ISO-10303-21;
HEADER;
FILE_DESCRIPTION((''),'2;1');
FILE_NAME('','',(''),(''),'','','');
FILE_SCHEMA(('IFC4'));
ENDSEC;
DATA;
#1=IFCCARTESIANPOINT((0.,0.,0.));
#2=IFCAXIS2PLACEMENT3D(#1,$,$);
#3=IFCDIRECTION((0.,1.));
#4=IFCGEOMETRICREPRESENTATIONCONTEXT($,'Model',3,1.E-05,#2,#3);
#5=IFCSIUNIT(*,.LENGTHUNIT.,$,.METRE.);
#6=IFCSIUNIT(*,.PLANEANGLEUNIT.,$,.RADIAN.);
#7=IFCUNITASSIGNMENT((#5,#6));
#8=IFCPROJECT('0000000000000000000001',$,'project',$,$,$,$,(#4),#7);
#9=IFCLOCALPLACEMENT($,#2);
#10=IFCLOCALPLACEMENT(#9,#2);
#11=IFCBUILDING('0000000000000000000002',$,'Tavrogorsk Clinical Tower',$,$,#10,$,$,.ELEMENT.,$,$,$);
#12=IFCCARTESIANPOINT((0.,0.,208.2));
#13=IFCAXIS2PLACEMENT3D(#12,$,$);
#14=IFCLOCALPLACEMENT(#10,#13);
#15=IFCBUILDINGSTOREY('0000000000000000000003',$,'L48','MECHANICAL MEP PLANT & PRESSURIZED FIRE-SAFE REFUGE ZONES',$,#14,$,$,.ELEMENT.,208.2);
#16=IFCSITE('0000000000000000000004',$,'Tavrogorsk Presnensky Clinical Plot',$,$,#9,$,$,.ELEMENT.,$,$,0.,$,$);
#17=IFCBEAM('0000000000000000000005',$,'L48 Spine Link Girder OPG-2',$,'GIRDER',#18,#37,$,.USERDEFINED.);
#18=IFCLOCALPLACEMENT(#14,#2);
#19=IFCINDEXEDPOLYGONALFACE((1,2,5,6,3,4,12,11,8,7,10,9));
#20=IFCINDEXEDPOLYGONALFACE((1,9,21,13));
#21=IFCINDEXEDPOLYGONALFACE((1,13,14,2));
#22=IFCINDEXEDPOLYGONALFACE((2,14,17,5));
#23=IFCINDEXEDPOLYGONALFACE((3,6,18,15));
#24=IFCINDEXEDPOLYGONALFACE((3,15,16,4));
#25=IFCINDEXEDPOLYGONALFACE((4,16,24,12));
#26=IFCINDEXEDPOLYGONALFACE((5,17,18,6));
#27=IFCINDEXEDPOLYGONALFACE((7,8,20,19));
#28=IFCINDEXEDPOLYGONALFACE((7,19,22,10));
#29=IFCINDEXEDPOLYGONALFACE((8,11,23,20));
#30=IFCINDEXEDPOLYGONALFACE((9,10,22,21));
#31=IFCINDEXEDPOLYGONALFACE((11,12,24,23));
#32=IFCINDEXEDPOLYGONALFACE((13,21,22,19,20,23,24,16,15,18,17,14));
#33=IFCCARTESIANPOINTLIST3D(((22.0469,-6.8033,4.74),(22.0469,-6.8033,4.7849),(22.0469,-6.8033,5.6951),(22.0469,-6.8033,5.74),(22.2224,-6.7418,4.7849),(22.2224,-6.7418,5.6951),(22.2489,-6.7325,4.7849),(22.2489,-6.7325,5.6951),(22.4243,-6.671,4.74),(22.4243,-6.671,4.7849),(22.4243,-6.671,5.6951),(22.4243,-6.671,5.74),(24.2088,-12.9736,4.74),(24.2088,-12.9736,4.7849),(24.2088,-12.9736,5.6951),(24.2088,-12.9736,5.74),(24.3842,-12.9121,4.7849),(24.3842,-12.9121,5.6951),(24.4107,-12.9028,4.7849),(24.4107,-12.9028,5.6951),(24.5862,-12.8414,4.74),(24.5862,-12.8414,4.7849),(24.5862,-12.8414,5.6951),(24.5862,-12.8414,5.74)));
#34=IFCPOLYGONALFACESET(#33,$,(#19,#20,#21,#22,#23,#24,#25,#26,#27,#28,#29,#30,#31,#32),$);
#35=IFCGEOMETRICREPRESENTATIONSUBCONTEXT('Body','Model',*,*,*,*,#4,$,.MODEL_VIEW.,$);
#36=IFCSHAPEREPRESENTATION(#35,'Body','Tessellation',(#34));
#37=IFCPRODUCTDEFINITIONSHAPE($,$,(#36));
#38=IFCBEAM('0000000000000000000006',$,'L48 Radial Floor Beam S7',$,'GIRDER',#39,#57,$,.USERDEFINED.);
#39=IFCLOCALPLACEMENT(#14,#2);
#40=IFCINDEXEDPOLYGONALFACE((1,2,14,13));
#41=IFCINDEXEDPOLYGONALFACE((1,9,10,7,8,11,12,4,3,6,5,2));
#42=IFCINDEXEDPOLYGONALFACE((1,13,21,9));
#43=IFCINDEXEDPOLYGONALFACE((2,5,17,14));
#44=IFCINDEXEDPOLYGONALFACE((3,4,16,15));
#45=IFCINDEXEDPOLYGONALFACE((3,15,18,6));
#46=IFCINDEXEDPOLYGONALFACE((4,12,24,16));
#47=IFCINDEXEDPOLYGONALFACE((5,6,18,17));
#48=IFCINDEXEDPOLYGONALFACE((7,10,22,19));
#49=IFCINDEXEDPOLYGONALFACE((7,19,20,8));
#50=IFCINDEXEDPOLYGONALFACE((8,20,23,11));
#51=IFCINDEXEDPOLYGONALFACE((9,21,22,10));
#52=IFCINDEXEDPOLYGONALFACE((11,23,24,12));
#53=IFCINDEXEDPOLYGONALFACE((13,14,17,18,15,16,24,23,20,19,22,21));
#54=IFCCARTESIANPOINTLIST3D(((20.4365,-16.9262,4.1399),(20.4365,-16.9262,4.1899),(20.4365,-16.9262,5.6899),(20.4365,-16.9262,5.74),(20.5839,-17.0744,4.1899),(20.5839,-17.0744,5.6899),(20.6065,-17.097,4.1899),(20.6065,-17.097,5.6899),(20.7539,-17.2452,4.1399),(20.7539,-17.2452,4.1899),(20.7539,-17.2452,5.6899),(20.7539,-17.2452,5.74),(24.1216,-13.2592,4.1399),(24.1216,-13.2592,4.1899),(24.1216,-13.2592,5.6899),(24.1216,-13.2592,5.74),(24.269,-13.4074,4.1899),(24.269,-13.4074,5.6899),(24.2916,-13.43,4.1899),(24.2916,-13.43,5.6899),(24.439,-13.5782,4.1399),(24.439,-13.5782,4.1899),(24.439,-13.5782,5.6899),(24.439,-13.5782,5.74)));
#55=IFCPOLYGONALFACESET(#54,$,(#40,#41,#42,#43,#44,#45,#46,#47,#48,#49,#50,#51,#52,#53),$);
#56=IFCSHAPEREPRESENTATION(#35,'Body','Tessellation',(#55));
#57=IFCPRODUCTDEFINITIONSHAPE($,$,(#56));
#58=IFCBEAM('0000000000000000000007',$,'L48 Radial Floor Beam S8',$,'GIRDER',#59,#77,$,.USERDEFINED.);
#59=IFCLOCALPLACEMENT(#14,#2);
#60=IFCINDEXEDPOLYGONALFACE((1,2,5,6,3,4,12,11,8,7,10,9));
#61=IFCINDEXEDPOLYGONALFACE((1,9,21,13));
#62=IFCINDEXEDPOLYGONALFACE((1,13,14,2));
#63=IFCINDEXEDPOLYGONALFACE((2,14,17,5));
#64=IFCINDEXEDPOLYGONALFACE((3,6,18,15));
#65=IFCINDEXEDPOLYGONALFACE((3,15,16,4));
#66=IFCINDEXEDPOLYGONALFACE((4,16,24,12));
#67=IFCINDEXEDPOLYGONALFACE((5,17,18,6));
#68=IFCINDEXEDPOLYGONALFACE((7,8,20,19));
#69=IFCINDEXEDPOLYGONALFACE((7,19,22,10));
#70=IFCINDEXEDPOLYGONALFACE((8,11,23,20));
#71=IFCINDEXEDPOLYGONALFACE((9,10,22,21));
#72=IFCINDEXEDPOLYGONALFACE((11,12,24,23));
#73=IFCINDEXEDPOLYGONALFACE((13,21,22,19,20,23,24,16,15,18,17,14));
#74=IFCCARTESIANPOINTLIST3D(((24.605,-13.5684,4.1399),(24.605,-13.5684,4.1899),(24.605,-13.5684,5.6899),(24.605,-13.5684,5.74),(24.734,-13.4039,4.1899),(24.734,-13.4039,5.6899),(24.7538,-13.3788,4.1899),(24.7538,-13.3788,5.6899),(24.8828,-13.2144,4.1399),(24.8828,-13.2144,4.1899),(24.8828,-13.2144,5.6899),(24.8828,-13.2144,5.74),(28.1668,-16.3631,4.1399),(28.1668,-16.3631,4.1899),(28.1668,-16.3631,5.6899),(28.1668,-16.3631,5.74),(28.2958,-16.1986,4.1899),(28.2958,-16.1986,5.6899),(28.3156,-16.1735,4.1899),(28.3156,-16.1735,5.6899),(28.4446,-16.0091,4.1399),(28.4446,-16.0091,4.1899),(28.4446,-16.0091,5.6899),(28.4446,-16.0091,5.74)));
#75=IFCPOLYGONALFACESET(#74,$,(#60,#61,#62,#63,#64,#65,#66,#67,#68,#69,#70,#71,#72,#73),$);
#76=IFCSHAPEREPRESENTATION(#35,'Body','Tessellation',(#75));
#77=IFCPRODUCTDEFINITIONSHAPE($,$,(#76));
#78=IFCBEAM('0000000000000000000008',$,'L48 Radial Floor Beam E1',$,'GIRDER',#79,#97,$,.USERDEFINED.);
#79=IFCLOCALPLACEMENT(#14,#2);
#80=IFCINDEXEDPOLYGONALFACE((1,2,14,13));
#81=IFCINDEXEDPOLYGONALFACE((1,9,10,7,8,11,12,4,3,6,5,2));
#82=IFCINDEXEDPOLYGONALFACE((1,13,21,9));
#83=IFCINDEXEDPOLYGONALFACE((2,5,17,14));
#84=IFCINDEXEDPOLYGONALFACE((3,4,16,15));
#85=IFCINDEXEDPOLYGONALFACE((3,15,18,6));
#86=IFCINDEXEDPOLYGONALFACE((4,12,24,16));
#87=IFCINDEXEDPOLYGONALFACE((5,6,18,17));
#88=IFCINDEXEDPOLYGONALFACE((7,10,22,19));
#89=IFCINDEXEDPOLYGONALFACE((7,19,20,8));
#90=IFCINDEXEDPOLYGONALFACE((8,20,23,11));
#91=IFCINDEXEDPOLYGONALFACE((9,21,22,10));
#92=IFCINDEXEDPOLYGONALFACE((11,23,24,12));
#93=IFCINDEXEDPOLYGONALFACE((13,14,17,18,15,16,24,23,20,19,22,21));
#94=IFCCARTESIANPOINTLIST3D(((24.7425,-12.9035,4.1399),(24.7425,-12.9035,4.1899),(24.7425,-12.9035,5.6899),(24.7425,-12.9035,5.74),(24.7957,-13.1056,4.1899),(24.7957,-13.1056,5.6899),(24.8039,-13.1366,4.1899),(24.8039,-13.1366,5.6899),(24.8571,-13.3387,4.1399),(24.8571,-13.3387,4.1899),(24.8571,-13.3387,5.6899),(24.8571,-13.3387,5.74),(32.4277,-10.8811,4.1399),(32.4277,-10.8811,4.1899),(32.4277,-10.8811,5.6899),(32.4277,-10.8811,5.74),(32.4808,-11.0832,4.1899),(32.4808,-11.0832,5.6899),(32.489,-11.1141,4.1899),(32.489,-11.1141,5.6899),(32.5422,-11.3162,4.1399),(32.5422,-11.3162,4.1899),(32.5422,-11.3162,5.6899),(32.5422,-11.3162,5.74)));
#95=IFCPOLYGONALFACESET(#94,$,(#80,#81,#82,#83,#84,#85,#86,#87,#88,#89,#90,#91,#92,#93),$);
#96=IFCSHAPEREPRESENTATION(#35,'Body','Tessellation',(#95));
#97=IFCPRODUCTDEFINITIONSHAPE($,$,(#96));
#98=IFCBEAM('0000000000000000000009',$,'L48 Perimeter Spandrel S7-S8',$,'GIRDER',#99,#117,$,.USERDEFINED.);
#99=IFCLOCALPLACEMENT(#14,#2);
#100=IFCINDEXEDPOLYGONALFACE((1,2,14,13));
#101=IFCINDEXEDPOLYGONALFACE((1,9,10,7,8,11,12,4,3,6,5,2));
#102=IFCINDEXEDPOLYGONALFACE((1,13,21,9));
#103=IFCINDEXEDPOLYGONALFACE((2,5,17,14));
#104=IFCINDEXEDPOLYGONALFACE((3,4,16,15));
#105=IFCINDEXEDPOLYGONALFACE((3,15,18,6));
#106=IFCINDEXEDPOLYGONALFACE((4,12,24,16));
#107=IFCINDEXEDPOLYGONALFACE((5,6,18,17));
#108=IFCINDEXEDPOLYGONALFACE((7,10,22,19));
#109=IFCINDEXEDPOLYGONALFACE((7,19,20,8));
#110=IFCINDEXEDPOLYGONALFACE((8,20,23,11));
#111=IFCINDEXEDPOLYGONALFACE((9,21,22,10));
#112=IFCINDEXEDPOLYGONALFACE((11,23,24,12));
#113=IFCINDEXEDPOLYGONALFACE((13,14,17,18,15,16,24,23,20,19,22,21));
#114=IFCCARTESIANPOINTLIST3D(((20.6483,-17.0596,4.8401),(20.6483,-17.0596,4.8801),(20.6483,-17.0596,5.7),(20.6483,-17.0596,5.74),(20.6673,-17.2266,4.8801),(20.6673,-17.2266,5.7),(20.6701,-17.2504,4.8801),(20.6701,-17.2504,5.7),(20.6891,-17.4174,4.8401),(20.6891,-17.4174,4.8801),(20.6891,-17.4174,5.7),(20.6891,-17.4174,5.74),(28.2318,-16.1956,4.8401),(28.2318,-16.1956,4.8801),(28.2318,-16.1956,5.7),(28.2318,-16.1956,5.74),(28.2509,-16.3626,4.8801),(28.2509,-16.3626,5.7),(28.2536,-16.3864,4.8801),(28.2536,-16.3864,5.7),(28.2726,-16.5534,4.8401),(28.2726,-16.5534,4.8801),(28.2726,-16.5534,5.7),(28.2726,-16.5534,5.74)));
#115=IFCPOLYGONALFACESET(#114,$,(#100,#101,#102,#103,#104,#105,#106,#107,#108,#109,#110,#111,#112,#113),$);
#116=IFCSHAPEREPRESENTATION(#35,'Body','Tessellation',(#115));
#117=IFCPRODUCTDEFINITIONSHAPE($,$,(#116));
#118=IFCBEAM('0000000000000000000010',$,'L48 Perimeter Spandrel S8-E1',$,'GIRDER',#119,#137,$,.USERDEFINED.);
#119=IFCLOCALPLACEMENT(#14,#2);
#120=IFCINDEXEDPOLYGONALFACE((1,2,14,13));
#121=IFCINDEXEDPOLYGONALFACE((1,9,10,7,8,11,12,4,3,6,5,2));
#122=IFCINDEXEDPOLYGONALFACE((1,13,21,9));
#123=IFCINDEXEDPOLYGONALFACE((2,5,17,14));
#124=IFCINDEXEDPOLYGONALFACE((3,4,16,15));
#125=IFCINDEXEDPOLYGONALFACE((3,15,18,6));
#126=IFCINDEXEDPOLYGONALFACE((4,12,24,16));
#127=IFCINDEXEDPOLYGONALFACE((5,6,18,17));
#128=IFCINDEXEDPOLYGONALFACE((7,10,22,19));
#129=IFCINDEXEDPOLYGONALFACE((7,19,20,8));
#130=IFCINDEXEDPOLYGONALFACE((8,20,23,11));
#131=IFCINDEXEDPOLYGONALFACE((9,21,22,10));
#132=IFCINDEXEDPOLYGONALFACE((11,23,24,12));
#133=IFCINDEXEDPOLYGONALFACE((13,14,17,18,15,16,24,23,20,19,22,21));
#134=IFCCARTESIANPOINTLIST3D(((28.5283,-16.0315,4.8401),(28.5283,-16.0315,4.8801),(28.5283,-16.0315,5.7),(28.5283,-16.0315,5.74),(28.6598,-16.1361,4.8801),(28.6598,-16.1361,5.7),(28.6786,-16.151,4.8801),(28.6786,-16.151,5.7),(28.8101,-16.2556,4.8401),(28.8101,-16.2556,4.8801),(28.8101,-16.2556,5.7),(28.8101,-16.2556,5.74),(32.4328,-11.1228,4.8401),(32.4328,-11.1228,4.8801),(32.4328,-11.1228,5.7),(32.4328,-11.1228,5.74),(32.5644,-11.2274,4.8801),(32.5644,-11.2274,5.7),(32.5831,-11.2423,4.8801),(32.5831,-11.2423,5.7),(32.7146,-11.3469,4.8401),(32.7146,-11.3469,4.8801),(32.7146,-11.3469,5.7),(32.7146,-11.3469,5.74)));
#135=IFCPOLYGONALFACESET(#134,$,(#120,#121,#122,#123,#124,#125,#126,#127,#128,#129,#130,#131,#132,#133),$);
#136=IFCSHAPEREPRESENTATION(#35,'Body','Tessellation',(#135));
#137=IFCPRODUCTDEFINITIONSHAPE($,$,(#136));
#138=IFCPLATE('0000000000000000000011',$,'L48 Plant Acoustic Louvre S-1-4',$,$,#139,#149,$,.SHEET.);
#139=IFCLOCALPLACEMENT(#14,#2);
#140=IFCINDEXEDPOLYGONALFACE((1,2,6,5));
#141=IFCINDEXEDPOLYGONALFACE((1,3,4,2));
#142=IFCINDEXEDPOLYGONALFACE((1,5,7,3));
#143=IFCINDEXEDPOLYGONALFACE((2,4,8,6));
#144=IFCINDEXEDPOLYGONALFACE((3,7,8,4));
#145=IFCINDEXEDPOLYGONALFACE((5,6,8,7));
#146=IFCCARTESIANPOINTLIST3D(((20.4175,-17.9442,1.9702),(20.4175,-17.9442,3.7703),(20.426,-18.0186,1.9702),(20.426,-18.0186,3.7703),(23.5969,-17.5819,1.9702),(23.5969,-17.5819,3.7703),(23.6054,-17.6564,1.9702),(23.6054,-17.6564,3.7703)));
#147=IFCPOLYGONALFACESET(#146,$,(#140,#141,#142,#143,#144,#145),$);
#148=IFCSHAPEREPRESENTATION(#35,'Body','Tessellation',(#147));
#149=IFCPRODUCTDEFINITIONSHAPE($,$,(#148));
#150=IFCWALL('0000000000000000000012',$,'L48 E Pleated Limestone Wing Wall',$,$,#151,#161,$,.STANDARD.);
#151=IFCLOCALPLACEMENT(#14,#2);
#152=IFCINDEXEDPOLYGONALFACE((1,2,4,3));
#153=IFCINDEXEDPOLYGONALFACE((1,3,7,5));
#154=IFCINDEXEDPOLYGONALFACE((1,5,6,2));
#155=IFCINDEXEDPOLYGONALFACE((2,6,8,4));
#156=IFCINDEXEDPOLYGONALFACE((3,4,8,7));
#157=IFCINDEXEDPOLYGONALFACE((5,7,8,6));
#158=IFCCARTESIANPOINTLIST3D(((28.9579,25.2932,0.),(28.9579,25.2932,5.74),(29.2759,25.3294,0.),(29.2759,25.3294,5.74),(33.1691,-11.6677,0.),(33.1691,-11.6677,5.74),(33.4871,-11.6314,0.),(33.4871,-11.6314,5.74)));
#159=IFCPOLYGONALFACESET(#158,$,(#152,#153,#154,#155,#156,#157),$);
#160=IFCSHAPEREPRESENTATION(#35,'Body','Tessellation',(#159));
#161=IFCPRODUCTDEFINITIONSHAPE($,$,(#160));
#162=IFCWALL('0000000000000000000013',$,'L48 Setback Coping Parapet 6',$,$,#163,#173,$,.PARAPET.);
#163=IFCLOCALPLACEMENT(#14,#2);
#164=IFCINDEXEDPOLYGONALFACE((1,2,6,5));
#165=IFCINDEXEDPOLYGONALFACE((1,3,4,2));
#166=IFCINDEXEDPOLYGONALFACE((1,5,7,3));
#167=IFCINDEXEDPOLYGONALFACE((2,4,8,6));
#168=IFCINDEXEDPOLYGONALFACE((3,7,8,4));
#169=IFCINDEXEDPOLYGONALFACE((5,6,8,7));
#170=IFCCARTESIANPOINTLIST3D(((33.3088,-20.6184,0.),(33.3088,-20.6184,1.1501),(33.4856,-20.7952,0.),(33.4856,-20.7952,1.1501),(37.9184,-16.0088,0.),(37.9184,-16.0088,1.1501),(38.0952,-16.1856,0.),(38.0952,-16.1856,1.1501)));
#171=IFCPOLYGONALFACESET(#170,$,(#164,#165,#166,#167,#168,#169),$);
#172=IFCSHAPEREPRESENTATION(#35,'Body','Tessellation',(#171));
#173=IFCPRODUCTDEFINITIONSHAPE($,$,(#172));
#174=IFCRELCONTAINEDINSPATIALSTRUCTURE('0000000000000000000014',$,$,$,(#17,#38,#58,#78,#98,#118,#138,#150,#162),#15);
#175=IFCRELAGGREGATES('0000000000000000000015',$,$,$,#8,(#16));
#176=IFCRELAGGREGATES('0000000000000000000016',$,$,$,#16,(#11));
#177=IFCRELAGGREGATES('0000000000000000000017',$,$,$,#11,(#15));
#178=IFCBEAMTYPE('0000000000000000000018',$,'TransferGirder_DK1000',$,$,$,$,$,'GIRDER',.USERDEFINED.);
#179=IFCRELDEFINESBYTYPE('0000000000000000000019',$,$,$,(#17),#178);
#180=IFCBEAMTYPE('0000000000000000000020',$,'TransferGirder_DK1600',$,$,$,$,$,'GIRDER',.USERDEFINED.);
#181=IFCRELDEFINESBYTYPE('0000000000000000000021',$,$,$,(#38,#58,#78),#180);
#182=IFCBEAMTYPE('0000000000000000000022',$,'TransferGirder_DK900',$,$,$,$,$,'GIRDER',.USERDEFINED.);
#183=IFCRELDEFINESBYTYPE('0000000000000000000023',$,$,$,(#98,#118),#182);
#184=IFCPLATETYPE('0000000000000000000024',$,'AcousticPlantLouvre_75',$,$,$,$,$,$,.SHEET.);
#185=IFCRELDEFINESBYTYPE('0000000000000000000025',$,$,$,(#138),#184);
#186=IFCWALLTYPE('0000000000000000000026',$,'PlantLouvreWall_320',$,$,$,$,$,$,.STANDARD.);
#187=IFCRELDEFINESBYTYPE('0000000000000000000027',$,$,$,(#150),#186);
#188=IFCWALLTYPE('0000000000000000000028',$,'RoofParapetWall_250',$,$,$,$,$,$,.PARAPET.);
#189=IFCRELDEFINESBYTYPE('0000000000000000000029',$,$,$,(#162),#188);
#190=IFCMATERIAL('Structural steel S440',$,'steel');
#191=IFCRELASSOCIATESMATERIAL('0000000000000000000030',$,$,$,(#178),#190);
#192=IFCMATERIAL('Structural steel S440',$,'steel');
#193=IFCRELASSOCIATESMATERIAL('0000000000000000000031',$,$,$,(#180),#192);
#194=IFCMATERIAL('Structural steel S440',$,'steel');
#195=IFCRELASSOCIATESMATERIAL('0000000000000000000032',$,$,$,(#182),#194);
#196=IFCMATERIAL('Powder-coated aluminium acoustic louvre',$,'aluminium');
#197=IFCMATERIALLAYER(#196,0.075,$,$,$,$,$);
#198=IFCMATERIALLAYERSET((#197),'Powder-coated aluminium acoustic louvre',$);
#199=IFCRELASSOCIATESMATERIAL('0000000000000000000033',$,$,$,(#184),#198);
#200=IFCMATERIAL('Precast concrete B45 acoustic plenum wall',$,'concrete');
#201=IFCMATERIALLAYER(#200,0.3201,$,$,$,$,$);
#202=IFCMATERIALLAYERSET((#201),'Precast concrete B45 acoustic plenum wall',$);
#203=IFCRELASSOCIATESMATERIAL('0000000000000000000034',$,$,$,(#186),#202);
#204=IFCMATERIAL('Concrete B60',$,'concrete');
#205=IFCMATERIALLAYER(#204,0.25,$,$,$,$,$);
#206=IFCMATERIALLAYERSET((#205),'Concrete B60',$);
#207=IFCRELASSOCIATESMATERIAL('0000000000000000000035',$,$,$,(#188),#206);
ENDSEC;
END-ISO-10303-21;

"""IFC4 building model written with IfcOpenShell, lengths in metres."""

from ifc_helpers import new_model, si_unit, direction, frame, frame_2d, origin, origin_2d, place, context, subcontext, project, spatial, rectangle, i_section, extrude, material, layer, layer_set, material_profile, profile_set, type_object, element, save


model = new_model("IFC4")

# Units and contexts
model_context = context("Model", 3, precision=1e-05, world=origin(), true_north=direction((0.0, 1.0)))
body_context = subcontext(model_context, "Body", "Model", "MODEL_VIEW")
ifc_project = project(units=[si_unit("LENGTHUNIT", "METRE"), si_unit("PLANEANGLEUNIT", "RADIAN")], contexts=[model_context])

# Site, building, storey
site_placement = place(None, origin())
site = spatial("IfcSite", under=ifc_project, at=site_placement, Name="Tavrogorsk Presnensky Clinical Plot", CompositionType="ELEMENT", RefElevation=0.0)
building_placement = place(site_placement, origin())
building = spatial("IfcBuilding", under=site, at=building_placement, Name="Tavrogorsk Clinical Tower", CompositionType="ELEMENT")
storey_placement = place(building_placement, frame((0.0, 0.0, 208.2)))
storey = spatial("IfcBuildingStorey", under=building, at=storey_placement, Name="L48", Description="MECHANICAL MEP PLANT & PRESSURIZED FIRE-SAFE REFUGE ZONES", CompositionType="ELEMENT", Elevation=208.2)

# Beams
ifc_material_1 = material(Name="Structural steel S440", Category="steel")
ifc_material_profile_1 = material_profile(ifc_material_1, i_section(OverallWidth=0.3999, OverallDepth=1.0, WebThickness=0.0281, FlangeThickness=0.0449, at=origin_2d()), Name="DK-1000x400x28x45")
ifc_profile_set_1 = profile_set([ifc_material_profile_1], Name="Structural steel S440")
beam_type_1 = type_object("IfcBeamType", Name="TransferGirder_DK1000", ElementType="GIRDER", PredefinedType="USERDEFINED", material=ifc_profile_set_1)
beam_1_placement = place(storey_placement, frame((24.3975, -12.9075, 5.24), z_axis=(-0.330653, 0.943752, 0.0), x_axis=(-0.943752, -0.330653, 0.0)))
element("IfcBeam", 1, at=beam_1_placement, inside=storey, type_object=beam_type_1, Name="L48 Spine Link Girder OPG-2", ObjectType="GIRDER", PredefinedType="USERDEFINED", context=body_context, shape_type="SweptSolid", body=[
    extrude(i_section(OverallWidth=0.3999, OverallDepth=1.0, WebThickness=0.0281, FlangeThickness=0.0449, at=origin_2d()), origin(), (0.0, 0.0, 1.0), 6.5381),
])
ifc_material_2 = material(Name="Structural steel S440", Category="steel")
ifc_material_profile_2 = material_profile(ifc_material_2, i_section(OverallWidth=0.45, OverallDepth=1.6001, WebThickness=0.032, FlangeThickness=0.05, at=origin_2d()), Name="DK-1600x450x32x50")
ifc_profile_set_2 = profile_set([ifc_material_profile_2], Name="Structural steel S440")
beam_type_2 = type_object("IfcBeamType", Name="TransferGirder_DK1600", ElementType="GIRDER", PredefinedType="USERDEFINED", material=ifc_profile_set_2)
beam_2_placement = place(storey_placement, frame((24.2803, -13.4187, 4.9399), z_axis=(-0.708842, -0.705367, 0.0), x_axis=(0.705367, -0.708842, 0.0)))
element("IfcBeam", 2, at=beam_2_placement, inside=storey, type_object=beam_type_2, Name="L48 Radial Floor Beam S7", ObjectType="GIRDER", PredefinedType="USERDEFINED", context=body_context, shape_type="SweptSolid", body=[
    extrude(i_section(OverallWidth=0.45, OverallDepth=1.6001, WebThickness=0.032, FlangeThickness=0.05, at=origin_2d()), origin(), (0.0, 0.0, 1.0), 5.1987),
])
beam_3_placement = place(storey_placement, frame((24.7439, -13.3914, 4.9399), z_axis=(0.786732, -0.617295, 0.0), x_axis=(0.617295, 0.786732, 0.0)))
element("IfcBeam", 3, at=beam_3_placement, inside=storey, type_object=beam_type_2, Name="L48 Radial Floor Beam S8", ObjectType="GIRDER", PredefinedType="USERDEFINED", context=body_context, shape_type="SweptSolid", body=[
    extrude(i_section(OverallWidth=0.45, OverallDepth=1.6001, WebThickness=0.032, FlangeThickness=0.05, at=origin_2d()), origin(), (0.0, 0.0, 1.0), 4.5273),
])
beam_4_placement = place(storey_placement, frame((24.7998, -13.1211, 4.9399), z_axis=(0.967072, 0.254502, 0.0), x_axis=(-0.254502, 0.967072, 0.0)))
element("IfcBeam", 4, at=beam_4_placement, inside=storey, type_object=beam_type_2, Name="L48 Radial Floor Beam E1", ObjectType="GIRDER", PredefinedType="USERDEFINED", context=body_context, shape_type="SweptSolid", body=[
    extrude(i_section(OverallWidth=0.45, OverallDepth=1.6001, WebThickness=0.032, FlangeThickness=0.05, at=origin_2d()), origin(), (0.0, 0.0, 1.0), 7.9468),
])
ifc_material_3 = material(Name="Structural steel S440", Category="steel")
ifc_material_profile_3 = material_profile(ifc_material_3, i_section(OverallWidth=0.3601, OverallDepth=0.8999, WebThickness=0.0239, FlangeThickness=0.04, at=origin_2d()), Name="DK-900x360x24x40")
ifc_profile_set_3 = profile_set([ifc_material_profile_3], Name="Structural steel S440")
beam_type_3 = type_object("IfcBeamType", Name="TransferGirder_DK900", ElementType="GIRDER", PredefinedType="USERDEFINED", material=ifc_profile_set_3)
beam_5_placement = place(storey_placement, frame((20.6687, -17.2385, 5.29), z_axis=(0.993572, 0.113201, 0.0), x_axis=(-0.113201, 0.993572, 0.0)))
element("IfcBeam", 5, at=beam_5_placement, inside=storey, type_object=beam_type_3, Name="L48 Perimeter Spandrel S7-S8", ObjectType="GIRDER", PredefinedType="USERDEFINED", context=body_context, shape_type="SweptSolid", body=[
    extrude(i_section(OverallWidth=0.3601, OverallDepth=0.8999, WebThickness=0.0239, FlangeThickness=0.04, at=origin_2d()), origin(), (0.0, 0.0, 1.0), 7.6326),
])
beam_6_placement = place(storey_placement, frame((28.6692, -16.1436, 5.29), z_axis=(0.622514, 0.782609, 0.0), x_axis=(-0.782609, 0.622514, 0.0)))
element("IfcBeam", 6, at=beam_6_placement, inside=storey, type_object=beam_type_3, Name="L48 Perimeter Spandrel S8-E1", ObjectType="GIRDER", PredefinedType="USERDEFINED", context=body_context, shape_type="SweptSolid", body=[
    extrude(i_section(OverallWidth=0.3601, OverallDepth=0.8999, WebThickness=0.0239, FlangeThickness=0.04, at=origin_2d()), origin(), (0.0, 0.0, 1.0), 6.2722),
])

# Plate
ifc_material_4 = material(Name="Powder-coated aluminium acoustic louvre", Category="aluminium")
ifc_layer_1 = layer(ifc_material_4, 0.075)
ifc_layer_set_1 = layer_set([ifc_layer_1], Name="Powder-coated aluminium acoustic louvre")
plate_type = type_object("IfcPlateType", Name="AcousticPlantLouvre_75", PredefinedType="SHEET", material=ifc_layer_set_1)
plate_placement = place(storey_placement, frame((22.0115, -17.8003, 1.9702), z_axis=(0.0, 0.0, 1.0), x_axis=(0.993572, 0.113202, 0.0)))
element("IfcPlate", 7, at=plate_placement, inside=storey, type_object=plate_type, Name="L48 Plant Acoustic Louvre S-1-4", PredefinedType="SHEET", context=body_context, shape_type="SweptSolid", body=[
    extrude(rectangle(XDim=3.2, YDim=0.075, at=origin_2d()), origin(), (0.0, 0.0, 1.0), 1.8),
])

# Walls
ifc_material_5 = material(Name="Precast concrete B45 acoustic plenum wall", Category="concrete")
ifc_layer_2 = layer(ifc_material_5, 0.3201)
ifc_layer_set_2 = layer_set([ifc_layer_2], Name="Precast concrete B45 acoustic plenum wall")
wall_type_1 = type_object("IfcWallType", Name="PlantLouvreWall_320", PredefinedType="STANDARD", material=ifc_layer_set_2)
wall_1_placement = place(storey_placement, frame((33.3281, -11.6497, 0.0), z_axis=(0.0, 0.0, 1.0), x_axis=(-0.113204, 0.993572, 0.0)))
element("IfcWall", 8, at=wall_1_placement, inside=storey, type_object=wall_type_1, Name="L48 E Pleated Limestone Wing Wall", PredefinedType="STANDARD", context=body_context, shape_type="SweptSolid", body=[
    extrude(rectangle(XDim=37.2, YDim=0.3201, at=frame_2d((18.6001, 0.0))), origin(), (0.0, 0.0, 1.0), 5.74),
])
ifc_material_6 = material(Name="Concrete B60", Category="concrete")
ifc_layer_3 = layer(ifc_material_6, 0.25)
ifc_layer_set_3 = layer_set([ifc_layer_3], Name="Concrete B60")
wall_type_2 = type_object("IfcWallType", Name="RoofParapetWall_250", PredefinedType="PARAPET", material=ifc_layer_set_3)
wall_2_placement = place(storey_placement, frame((38.0068, -16.0972, 0.0), z_axis=(0.0, 0.0, 1.0), x_axis=(-0.707107, -0.707107, 0.0)))
element("IfcWall", 9, at=wall_2_placement, inside=storey, type_object=wall_type_2, Name="L48 Setback Coping Parapet 6", PredefinedType="PARAPET", context=body_context, shape_type="SweptSolid", body=[
    extrude(rectangle(XDim=6.519, YDim=0.25, at=frame_2d((3.2595, 0.0))), origin(), (0.0, 0.0, 1.0), 1.1501),
])

save(model, "model.ifc")
